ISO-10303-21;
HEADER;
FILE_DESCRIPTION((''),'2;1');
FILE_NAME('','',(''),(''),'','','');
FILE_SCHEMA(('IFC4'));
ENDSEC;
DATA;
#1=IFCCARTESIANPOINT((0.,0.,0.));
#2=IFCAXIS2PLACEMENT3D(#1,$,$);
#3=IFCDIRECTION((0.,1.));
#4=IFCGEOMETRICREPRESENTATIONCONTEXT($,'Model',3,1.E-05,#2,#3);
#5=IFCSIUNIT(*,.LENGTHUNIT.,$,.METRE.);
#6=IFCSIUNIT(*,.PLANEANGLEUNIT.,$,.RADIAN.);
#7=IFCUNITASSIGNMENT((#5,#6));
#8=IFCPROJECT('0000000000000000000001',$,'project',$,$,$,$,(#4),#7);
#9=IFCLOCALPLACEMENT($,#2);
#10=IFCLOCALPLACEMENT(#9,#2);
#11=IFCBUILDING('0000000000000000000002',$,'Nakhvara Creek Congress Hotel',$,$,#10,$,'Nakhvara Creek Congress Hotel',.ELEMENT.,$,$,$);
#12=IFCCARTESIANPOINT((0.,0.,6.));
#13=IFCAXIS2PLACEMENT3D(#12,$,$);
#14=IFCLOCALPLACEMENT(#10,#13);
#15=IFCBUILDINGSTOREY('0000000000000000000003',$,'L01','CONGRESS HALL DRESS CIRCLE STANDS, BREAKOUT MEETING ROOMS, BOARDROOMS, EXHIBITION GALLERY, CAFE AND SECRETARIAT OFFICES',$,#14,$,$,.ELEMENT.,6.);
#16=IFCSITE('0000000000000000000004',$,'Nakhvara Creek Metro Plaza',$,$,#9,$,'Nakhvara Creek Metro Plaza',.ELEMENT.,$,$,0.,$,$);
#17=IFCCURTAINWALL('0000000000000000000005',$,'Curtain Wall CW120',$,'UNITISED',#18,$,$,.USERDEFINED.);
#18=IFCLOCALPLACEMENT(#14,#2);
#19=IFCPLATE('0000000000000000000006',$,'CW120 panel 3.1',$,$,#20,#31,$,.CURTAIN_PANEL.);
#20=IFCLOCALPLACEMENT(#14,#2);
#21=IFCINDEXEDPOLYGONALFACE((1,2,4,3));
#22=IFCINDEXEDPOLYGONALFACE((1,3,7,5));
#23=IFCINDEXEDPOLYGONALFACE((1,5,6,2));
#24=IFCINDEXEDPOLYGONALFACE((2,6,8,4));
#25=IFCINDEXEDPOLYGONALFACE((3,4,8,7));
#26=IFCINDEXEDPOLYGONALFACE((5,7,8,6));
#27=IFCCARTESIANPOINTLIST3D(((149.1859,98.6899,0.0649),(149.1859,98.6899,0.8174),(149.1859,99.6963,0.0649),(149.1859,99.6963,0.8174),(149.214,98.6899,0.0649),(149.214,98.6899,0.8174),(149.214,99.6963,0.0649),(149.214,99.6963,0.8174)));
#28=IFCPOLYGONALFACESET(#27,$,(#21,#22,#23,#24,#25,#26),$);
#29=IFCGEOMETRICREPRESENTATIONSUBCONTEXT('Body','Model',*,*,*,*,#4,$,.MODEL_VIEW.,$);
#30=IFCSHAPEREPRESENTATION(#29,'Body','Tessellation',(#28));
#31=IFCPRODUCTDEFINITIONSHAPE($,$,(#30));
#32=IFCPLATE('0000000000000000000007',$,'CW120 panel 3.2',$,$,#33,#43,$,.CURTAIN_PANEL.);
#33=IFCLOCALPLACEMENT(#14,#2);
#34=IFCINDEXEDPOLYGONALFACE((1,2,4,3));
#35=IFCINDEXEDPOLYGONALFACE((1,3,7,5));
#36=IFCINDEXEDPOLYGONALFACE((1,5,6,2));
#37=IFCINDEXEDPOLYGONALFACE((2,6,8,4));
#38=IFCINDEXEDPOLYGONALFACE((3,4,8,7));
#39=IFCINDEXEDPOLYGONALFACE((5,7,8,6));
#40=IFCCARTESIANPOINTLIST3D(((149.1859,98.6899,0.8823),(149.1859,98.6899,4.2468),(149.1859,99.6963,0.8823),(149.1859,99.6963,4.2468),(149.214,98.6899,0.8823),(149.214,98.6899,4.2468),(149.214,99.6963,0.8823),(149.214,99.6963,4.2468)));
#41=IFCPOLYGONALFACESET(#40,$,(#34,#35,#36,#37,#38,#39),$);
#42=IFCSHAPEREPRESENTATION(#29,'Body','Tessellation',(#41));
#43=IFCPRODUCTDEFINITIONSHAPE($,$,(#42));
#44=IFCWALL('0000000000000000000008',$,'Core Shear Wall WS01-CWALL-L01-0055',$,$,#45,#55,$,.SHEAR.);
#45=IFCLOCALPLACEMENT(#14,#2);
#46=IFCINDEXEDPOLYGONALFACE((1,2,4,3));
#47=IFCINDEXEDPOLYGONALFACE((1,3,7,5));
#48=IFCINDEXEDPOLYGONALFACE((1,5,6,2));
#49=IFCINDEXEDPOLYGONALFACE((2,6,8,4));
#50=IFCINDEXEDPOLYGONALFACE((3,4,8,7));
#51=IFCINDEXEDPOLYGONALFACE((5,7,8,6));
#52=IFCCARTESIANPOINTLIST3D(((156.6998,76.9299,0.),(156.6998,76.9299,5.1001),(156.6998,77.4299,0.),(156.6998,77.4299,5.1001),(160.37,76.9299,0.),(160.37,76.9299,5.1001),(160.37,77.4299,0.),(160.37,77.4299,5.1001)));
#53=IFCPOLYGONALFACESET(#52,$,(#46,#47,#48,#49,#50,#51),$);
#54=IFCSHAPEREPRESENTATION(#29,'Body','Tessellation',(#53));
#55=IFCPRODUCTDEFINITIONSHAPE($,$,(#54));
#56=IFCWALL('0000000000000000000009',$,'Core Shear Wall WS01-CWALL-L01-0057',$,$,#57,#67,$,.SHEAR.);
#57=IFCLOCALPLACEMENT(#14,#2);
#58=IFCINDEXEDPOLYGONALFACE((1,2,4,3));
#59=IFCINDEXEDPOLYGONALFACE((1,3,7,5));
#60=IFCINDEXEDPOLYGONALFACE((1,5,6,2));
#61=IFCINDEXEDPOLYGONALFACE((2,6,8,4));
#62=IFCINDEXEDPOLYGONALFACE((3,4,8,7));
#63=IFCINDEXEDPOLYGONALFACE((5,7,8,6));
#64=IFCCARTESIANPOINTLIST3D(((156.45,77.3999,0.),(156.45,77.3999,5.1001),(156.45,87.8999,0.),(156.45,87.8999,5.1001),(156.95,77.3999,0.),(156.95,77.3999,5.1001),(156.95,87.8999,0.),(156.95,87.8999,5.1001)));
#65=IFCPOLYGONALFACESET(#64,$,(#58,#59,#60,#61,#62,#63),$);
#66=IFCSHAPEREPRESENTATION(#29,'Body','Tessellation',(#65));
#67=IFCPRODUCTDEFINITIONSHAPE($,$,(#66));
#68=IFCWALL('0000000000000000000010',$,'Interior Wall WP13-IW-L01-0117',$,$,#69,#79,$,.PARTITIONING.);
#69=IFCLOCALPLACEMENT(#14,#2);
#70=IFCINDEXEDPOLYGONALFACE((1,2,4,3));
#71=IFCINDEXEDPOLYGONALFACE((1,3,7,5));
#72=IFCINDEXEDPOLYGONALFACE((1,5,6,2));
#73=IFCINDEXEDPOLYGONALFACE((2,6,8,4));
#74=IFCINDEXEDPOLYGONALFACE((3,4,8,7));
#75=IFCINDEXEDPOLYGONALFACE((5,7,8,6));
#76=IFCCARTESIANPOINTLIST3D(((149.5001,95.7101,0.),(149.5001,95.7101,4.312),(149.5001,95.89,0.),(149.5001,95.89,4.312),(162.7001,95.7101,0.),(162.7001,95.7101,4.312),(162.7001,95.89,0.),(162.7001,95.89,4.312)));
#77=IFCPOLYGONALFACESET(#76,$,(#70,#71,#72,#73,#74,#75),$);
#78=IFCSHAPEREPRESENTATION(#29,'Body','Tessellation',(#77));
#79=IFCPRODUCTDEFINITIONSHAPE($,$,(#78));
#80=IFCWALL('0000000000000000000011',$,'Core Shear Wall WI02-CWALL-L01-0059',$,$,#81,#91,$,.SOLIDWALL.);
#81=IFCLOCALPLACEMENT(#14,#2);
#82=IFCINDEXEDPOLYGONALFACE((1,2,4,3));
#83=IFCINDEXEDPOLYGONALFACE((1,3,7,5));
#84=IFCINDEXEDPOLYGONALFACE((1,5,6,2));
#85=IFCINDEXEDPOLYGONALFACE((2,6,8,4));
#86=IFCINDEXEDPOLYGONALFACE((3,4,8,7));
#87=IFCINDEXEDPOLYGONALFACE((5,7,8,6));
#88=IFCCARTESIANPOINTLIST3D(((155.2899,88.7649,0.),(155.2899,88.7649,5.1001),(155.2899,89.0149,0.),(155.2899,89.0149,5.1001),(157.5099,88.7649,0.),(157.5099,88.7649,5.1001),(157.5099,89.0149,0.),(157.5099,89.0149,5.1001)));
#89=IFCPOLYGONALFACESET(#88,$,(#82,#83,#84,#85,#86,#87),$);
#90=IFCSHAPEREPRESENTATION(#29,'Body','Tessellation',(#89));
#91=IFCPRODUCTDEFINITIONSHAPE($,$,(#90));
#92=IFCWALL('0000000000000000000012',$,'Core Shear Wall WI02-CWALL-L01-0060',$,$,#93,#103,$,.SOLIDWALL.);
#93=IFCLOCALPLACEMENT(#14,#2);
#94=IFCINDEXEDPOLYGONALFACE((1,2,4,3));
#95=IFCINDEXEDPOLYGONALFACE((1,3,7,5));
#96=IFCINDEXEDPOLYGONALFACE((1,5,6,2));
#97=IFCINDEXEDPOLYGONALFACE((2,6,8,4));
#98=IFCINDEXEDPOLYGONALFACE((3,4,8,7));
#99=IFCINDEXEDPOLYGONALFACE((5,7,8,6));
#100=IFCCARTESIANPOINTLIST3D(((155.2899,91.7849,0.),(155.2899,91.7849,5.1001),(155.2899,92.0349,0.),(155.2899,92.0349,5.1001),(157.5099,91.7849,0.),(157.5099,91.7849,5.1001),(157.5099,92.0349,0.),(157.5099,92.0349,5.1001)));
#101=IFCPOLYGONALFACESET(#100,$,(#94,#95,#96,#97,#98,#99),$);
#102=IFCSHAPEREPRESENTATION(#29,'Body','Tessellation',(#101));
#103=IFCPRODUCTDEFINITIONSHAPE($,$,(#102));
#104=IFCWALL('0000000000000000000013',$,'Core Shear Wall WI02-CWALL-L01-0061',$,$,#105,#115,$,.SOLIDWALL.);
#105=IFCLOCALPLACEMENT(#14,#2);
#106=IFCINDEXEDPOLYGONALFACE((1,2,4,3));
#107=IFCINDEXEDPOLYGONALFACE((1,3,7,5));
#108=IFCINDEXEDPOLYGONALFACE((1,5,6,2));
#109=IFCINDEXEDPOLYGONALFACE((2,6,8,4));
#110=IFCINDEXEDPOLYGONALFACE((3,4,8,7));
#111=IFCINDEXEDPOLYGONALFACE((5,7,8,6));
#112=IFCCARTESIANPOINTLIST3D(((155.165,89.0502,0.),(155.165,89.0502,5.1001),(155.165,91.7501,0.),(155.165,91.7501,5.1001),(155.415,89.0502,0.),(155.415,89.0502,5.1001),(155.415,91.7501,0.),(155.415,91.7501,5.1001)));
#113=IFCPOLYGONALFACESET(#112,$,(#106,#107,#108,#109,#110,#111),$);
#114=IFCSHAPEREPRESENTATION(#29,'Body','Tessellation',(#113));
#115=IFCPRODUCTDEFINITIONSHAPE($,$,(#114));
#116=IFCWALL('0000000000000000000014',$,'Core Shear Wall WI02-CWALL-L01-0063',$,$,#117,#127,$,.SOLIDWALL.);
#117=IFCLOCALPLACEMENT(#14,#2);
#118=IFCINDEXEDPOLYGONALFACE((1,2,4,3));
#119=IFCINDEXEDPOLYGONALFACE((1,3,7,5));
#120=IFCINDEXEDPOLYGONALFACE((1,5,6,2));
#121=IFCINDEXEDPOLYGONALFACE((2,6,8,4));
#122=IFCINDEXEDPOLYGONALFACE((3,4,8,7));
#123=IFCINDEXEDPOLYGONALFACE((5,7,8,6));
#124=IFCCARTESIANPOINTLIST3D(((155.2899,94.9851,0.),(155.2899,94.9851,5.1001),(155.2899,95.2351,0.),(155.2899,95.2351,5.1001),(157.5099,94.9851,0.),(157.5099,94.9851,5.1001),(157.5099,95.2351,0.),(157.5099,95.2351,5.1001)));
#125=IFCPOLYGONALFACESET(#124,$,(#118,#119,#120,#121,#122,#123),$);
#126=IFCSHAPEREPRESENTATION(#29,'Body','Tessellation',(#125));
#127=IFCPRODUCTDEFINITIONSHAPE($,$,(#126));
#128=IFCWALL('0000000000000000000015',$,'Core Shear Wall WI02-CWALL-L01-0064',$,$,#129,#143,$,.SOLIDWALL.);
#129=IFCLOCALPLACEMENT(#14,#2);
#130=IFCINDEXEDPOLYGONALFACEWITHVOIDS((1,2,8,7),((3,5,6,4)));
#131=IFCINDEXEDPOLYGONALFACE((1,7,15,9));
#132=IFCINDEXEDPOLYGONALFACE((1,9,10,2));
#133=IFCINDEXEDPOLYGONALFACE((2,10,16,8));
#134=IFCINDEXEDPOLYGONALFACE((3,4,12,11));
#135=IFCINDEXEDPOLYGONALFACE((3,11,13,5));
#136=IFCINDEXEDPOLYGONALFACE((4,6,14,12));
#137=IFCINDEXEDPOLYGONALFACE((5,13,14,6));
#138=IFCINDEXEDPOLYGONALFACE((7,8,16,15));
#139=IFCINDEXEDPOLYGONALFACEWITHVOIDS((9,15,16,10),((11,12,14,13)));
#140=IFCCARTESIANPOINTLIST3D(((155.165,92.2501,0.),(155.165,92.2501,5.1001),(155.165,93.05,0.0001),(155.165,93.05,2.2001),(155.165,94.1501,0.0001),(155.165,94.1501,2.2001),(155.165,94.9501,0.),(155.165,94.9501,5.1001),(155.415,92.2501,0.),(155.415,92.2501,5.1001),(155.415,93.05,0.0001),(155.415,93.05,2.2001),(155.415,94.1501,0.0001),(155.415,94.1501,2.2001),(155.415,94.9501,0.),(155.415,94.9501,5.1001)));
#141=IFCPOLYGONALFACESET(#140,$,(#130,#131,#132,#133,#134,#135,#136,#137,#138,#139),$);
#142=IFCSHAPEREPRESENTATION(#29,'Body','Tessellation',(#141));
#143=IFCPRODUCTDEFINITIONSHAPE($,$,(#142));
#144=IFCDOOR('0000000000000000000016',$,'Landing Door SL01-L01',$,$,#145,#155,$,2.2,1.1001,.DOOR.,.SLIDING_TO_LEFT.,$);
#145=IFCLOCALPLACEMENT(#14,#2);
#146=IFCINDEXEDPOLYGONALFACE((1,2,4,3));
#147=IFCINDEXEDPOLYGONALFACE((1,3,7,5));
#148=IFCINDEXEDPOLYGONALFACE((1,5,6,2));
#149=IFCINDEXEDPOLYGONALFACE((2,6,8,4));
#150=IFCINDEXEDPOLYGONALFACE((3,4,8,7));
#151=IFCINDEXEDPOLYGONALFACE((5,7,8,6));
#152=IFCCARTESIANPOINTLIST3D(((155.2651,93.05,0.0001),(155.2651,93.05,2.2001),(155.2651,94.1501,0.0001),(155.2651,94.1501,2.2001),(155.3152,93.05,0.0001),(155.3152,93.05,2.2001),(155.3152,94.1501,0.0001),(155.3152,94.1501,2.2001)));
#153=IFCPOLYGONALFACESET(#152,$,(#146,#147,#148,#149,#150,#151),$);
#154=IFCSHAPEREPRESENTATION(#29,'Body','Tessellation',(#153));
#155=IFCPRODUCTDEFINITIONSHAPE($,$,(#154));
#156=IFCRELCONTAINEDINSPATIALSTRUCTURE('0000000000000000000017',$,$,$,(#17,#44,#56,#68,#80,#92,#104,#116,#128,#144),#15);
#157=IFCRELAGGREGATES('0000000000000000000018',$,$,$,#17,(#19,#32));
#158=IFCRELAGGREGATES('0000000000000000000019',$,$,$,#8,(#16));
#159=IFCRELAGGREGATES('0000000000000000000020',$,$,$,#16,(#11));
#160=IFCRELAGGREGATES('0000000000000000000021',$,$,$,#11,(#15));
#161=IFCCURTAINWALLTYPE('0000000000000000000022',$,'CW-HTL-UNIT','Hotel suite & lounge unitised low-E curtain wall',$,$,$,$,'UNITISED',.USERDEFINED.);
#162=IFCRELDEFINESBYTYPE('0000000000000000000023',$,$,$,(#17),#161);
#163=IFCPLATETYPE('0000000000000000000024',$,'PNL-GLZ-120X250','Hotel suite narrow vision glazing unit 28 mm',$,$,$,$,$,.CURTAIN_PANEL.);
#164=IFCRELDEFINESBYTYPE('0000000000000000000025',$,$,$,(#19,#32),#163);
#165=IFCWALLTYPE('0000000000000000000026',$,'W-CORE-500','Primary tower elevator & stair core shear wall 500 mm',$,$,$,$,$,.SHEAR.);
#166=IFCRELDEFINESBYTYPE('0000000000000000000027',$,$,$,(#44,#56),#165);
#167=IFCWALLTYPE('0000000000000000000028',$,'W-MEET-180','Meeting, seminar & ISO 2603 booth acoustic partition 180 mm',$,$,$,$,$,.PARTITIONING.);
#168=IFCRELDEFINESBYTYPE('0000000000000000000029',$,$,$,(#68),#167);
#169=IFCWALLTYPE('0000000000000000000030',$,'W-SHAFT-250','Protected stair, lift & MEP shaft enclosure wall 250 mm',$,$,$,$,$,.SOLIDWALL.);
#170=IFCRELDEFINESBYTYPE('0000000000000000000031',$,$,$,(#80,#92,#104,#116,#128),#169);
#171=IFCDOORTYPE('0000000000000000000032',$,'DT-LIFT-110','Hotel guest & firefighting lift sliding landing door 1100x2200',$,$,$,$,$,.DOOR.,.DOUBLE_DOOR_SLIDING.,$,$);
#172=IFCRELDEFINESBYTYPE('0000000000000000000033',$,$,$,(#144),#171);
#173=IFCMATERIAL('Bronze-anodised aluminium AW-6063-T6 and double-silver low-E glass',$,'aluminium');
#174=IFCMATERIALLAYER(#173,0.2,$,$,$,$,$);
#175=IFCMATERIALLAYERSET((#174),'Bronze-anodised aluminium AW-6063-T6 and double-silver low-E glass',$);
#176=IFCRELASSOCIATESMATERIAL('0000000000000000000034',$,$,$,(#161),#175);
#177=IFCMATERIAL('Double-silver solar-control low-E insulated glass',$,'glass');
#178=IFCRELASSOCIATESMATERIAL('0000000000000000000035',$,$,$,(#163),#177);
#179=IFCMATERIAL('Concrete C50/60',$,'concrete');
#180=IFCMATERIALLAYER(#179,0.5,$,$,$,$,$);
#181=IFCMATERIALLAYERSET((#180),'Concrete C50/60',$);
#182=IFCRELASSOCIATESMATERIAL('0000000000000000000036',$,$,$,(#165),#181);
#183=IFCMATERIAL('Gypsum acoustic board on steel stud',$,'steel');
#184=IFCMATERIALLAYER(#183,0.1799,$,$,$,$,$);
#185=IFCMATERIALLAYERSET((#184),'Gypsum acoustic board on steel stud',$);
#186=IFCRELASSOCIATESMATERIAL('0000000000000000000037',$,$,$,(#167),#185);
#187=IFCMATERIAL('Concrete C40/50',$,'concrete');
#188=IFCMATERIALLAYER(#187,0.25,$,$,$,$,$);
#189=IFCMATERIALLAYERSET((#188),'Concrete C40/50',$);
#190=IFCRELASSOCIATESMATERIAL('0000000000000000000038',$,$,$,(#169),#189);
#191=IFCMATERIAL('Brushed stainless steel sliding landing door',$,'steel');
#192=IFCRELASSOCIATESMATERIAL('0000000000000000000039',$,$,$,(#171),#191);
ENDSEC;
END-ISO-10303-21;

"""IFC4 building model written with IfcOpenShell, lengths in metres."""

from ifc_helpers import new_model, si_unit, direction, frame, frame_2d, origin, origin_2d, place, context, subcontext, project, spatial, rectangle, extrude, material, layer, layer_set, type_object, element, fill, aggregate, save


model = new_model("IFC4")

# Units and contexts
model_context = context("Model", 3, precision=1e-05, world=origin(), true_north=direction((0.0, 1.0)))
body_context = subcontext(model_context, "Body", "Model", "MODEL_VIEW")
ifc_project = project(units=[si_unit("LENGTHUNIT", "METRE"), si_unit("PLANEANGLEUNIT", "RADIAN")], contexts=[model_context])

# Site, building, storey
site_placement = place(None, origin())
site = spatial("IfcSite", under=ifc_project, at=site_placement, Name="Nakhvara Creek Metro Plaza", LongName="Nakhvara Creek Metro Plaza", CompositionType="ELEMENT", RefElevation=0.0)
building_placement = place(site_placement, origin())
building = spatial("IfcBuilding", under=site, at=building_placement, Name="Nakhvara Creek Congress Hotel", LongName="Nakhvara Creek Congress Hotel", CompositionType="ELEMENT")
storey_placement = place(building_placement, frame((0.0, 0.0, 6.0)))
storey = spatial("IfcBuildingStorey", under=building, at=storey_placement, Name="L01", Description="CONGRESS HALL DRESS CIRCLE STANDS, BREAKOUT MEETING ROOMS, BOARDROOMS, EXHIBITION GALLERY, CAFE AND SECRETARIAT OFFICES", CompositionType="ELEMENT", Elevation=6.0)

# Shared definitions
ifc_material_1 = material(Name="Concrete C50/60", Category="concrete")

# Shared definitions
ifc_material_2 = material(Name="Concrete C40/50", Category="concrete")

# Curtain wall, plates
ifc_material_3 = material(Name="Bronze-anodised aluminium AW-6063-T6 and double-silver low-E glass", Category="aluminium")
ifc_layer_1 = layer(ifc_material_3, 0.2)
ifc_layer_set_1 = layer_set([ifc_layer_1], Name="Bronze-anodised aluminium AW-6063-T6 and double-silver low-E glass")
curtain_wall_type = type_object("IfcCurtainWallType", Name="CW-HTL-UNIT", Description="Hotel suite & lounge unitised low-E curtain wall", ElementType="UNITISED", PredefinedType="USERDEFINED", material=ifc_layer_set_1)
curtain_wall_placement = place(storey_placement, origin())
curtain_wall = element("IfcCurtainWall", 1, at=curtain_wall_placement, inside=storey, type_object=curtain_wall_type, Name="Curtain Wall CW120", ObjectType="UNITISED", PredefinedType="USERDEFINED")
ifc_material_4 = material(Name="Double-silver solar-control low-E insulated glass", Category="glass")
plate_type = type_object("IfcPlateType", Name="PNL-GLZ-120X250", Description="Hotel suite narrow vision glazing unit 28 mm", PredefinedType="CURTAIN_PANEL", material=ifc_material_4)
plate_1_placement = place(storey_placement, frame((149.2, 99.1931, 0.0649), z_axis=(0.0, 0.0, 1.0), x_axis=(0.0, 1.0, 0.0)))
plate_1 = element("IfcPlate", 2, at=plate_1_placement, type_object=plate_type, Name="CW120 panel 3.1", PredefinedType="CURTAIN_PANEL", context=body_context, shape_type="SweptSolid", body=[
    extrude(rectangle(XDim=1.0063, YDim=0.0281, at=origin_2d()), origin(), (0.0, 0.0, 1.0), 0.7524),
])
plate_2_placement = place(storey_placement, frame((149.2, 99.1931, 0.8823), z_axis=(0.0, 0.0, 1.0), x_axis=(0.0, 1.0, 0.0)))
plate_2 = element("IfcPlate", 3, at=plate_2_placement, type_object=plate_type, Name="CW120 panel 3.2", PredefinedType="CURTAIN_PANEL", context=body_context, shape_type="SweptSolid", body=[
    extrude(rectangle(XDim=1.0063, YDim=0.0281, at=origin_2d()), origin(), (0.0, 0.0, 1.0), 3.3645),
])
aggregate(curtain_wall, [plate_1, plate_2])

# Walls
ifc_layer_2 = layer(ifc_material_1, 0.5)
ifc_layer_set_2 = layer_set([ifc_layer_2], Name="Concrete C50/60")
wall_type_1 = type_object("IfcWallType", Name="W-CORE-500", Description="Primary tower elevator & stair core shear wall 500 mm", PredefinedType="SHEAR", material=ifc_layer_set_2)
wall_1_placement = place(storey_placement, frame((156.7, 77.1799, 0.0), z_axis=(0.0, 0.0, 1.0), x_axis=(1.0, 0.0, 0.0)))
element("IfcWall", 4, at=wall_1_placement, inside=storey, type_object=wall_type_1, Name="Core Shear Wall WS01-CWALL-L01-0055", PredefinedType="SHEAR", context=body_context, shape_type="SweptSolid", body=[
    extrude(rectangle(XDim=3.6702, YDim=0.5, at=frame_2d((1.835, 0.0))), origin(), (0.0, 0.0, 1.0), 5.1001),
])
wall_2_placement = place(storey_placement, frame((156.7, 77.3999, 0.0), z_axis=(0.0, 0.0, 1.0), x_axis=(0.0, 1.0, 0.0)))
element("IfcWall", 5, at=wall_2_placement, inside=storey, type_object=wall_type_1, Name="Core Shear Wall WS01-CWALL-L01-0057", PredefinedType="SHEAR", context=body_context, shape_type="SweptSolid", body=[
    extrude(rectangle(XDim=10.5, YDim=0.5, at=frame_2d((5.25, 0.0))), origin(), (0.0, 0.0, 1.0), 5.1001),
])
ifc_material_5 = material(Name="Gypsum acoustic board on steel stud", Category="steel")
ifc_layer_3 = layer(ifc_material_5, 0.1799)
ifc_layer_set_3 = layer_set([ifc_layer_3], Name="Gypsum acoustic board on steel stud")
wall_type_2 = type_object("IfcWallType", Name="W-MEET-180", Description="Meeting, seminar & ISO 2603 booth acoustic partition 180 mm", PredefinedType="PARTITIONING", material=ifc_layer_set_3)
wall_3_placement = place(storey_placement, frame((149.5, 95.8, 0.0), z_axis=(0.0, 0.0, 1.0), x_axis=(1.0, 0.0, 0.0)))
element("IfcWall", 6, at=wall_3_placement, inside=storey, type_object=wall_type_2, Name="Interior Wall WP13-IW-L01-0117", PredefinedType="PARTITIONING", context=body_context, shape_type="SweptSolid", body=[
    extrude(rectangle(XDim=13.2, YDim=0.1799, at=frame_2d((6.6001, 0.0))), origin(), (0.0, 0.0, 1.0), 4.312),
])
ifc_layer_4 = layer(ifc_material_2, 0.25)
ifc_layer_set_4 = layer_set([ifc_layer_4], Name="Concrete C40/50")
wall_type_3 = type_object("IfcWallType", Name="W-SHAFT-250", Description="Protected stair, lift & MEP shaft enclosure wall 250 mm", PredefinedType="SOLIDWALL", material=ifc_layer_set_4)
for number, where, z_axis, x_axis, name in (
    (7, (155.29, 88.8899, 0.0), (0.0, 0.0, 1.0), (1.0, 0.0, 0.0), "Core Shear Wall WI02-CWALL-L01-0059"),
    (8, (155.29, 91.9099, 0.0), (0.0, 0.0, 1.0), (1.0, 0.0, 0.0), "Core Shear Wall WI02-CWALL-L01-0060"),
):
    element("IfcWall", number, at=place(storey_placement, frame(where, z_axis=z_axis, x_axis=x_axis)), inside=storey, type_object=wall_type_3, Name=name, PredefinedType="SOLIDWALL", context=body_context, shape_type="SweptSolid", body=[
        extrude(rectangle(XDim=2.22, YDim=0.25, at=frame_2d((1.1099, 0.0))), origin(), (0.0, 0.0, 1.0), 5.1001),
    ])
wall_4_placement = place(storey_placement, frame((155.29, 89.05, 0.0), z_axis=(0.0, 0.0, 1.0), x_axis=(0.0, 1.0, 0.0)))
element("IfcWall", 9, at=wall_4_placement, inside=storey, type_object=wall_type_3, Name="Core Shear Wall WI02-CWALL-L01-0061", PredefinedType="SOLIDWALL", context=body_context, shape_type="SweptSolid", body=[
    extrude(rectangle(XDim=2.7, YDim=0.25, at=frame_2d((1.3501, 0.0))), origin(), (0.0, 0.0, 1.0), 5.1001),
])
wall_5_placement = place(storey_placement, frame((155.29, 95.1101, 0.0), z_axis=(0.0, 0.0, 1.0), x_axis=(1.0, 0.0, 0.0)))
element("IfcWall", 10, at=wall_5_placement, inside=storey, type_object=wall_type_3, Name="Core Shear Wall WI02-CWALL-L01-0063", PredefinedType="SOLIDWALL", context=body_context, shape_type="SweptSolid", body=[
    extrude(rectangle(XDim=2.22, YDim=0.25, at=frame_2d((1.1099, 0.0))), origin(), (0.0, 0.0, 1.0), 5.1001),
])

# Wall, opening, door
wall_6_placement = place(storey_placement, frame((155.29, 92.25, 0.0), z_axis=(0.0, 0.0, 1.0), x_axis=(0.0, 1.0, 0.0)))
wall_6 = element("IfcWall", 11, at=wall_6_placement, inside=storey, type_object=wall_type_3, Name="Core Shear Wall WI02-CWALL-L01-0064", PredefinedType="SOLIDWALL", context=body_context, shape_type="SweptSolid", body=[
    extrude(rectangle(XDim=2.7, YDim=0.25, at=frame_2d((1.3501, 0.0))), origin(), (0.0, 0.0, 1.0), 5.1001),
])
opening_placement = place(wall_6_placement, frame((0.8, 0.0, 0.0)))
opening = element("IfcOpeningElement", 12, at=opening_placement, cuts=wall_6, PredefinedType="OPENING", context=body_context, shape_type="SweptSolid", body=[
    extrude(rectangle(XDim=1.1001, YDim=2.2, at=frame_2d((0.55, 1.1001))), frame((0.0, 0.137, 0.0), z_axis=(0.0, -1.0, 0.0), x_axis=(1.0, 0.0, 0.0)), (0.0, 0.0, 1.0), 0.2739),
])
ifc_material_6 = material(Name="Brushed stainless steel sliding landing door", Category="steel")
door_type = type_object("IfcDoorType", Name="DT-LIFT-110", Description="Hotel guest & firefighting lift sliding landing door 1100x2200", OperationType="DOUBLE_DOOR_SLIDING", PredefinedType="DOOR", material=ifc_material_6)
door_placement = place(opening_placement, origin())
door = element("IfcDoor", 13, at=door_placement, inside=storey, type_object=door_type, Name="Landing Door SL01-L01", OperationType="SLIDING_TO_LEFT", OverallHeight=2.2, OverallWidth=1.1001, PredefinedType="DOOR", context=body_context, shape_type="SweptSolid", body=[
    extrude(rectangle(XDim=1.1001, YDim=2.2, at=frame_2d((0.55, 1.1001))), frame((0.0, 0.0249, 0.0), z_axis=(0.0, -1.0, 0.0), x_axis=(1.0, 0.0, 0.0)), (0.0, 0.0, 1.0), 0.05),
])
fill(opening, door)

save(model, "model.ifc")
